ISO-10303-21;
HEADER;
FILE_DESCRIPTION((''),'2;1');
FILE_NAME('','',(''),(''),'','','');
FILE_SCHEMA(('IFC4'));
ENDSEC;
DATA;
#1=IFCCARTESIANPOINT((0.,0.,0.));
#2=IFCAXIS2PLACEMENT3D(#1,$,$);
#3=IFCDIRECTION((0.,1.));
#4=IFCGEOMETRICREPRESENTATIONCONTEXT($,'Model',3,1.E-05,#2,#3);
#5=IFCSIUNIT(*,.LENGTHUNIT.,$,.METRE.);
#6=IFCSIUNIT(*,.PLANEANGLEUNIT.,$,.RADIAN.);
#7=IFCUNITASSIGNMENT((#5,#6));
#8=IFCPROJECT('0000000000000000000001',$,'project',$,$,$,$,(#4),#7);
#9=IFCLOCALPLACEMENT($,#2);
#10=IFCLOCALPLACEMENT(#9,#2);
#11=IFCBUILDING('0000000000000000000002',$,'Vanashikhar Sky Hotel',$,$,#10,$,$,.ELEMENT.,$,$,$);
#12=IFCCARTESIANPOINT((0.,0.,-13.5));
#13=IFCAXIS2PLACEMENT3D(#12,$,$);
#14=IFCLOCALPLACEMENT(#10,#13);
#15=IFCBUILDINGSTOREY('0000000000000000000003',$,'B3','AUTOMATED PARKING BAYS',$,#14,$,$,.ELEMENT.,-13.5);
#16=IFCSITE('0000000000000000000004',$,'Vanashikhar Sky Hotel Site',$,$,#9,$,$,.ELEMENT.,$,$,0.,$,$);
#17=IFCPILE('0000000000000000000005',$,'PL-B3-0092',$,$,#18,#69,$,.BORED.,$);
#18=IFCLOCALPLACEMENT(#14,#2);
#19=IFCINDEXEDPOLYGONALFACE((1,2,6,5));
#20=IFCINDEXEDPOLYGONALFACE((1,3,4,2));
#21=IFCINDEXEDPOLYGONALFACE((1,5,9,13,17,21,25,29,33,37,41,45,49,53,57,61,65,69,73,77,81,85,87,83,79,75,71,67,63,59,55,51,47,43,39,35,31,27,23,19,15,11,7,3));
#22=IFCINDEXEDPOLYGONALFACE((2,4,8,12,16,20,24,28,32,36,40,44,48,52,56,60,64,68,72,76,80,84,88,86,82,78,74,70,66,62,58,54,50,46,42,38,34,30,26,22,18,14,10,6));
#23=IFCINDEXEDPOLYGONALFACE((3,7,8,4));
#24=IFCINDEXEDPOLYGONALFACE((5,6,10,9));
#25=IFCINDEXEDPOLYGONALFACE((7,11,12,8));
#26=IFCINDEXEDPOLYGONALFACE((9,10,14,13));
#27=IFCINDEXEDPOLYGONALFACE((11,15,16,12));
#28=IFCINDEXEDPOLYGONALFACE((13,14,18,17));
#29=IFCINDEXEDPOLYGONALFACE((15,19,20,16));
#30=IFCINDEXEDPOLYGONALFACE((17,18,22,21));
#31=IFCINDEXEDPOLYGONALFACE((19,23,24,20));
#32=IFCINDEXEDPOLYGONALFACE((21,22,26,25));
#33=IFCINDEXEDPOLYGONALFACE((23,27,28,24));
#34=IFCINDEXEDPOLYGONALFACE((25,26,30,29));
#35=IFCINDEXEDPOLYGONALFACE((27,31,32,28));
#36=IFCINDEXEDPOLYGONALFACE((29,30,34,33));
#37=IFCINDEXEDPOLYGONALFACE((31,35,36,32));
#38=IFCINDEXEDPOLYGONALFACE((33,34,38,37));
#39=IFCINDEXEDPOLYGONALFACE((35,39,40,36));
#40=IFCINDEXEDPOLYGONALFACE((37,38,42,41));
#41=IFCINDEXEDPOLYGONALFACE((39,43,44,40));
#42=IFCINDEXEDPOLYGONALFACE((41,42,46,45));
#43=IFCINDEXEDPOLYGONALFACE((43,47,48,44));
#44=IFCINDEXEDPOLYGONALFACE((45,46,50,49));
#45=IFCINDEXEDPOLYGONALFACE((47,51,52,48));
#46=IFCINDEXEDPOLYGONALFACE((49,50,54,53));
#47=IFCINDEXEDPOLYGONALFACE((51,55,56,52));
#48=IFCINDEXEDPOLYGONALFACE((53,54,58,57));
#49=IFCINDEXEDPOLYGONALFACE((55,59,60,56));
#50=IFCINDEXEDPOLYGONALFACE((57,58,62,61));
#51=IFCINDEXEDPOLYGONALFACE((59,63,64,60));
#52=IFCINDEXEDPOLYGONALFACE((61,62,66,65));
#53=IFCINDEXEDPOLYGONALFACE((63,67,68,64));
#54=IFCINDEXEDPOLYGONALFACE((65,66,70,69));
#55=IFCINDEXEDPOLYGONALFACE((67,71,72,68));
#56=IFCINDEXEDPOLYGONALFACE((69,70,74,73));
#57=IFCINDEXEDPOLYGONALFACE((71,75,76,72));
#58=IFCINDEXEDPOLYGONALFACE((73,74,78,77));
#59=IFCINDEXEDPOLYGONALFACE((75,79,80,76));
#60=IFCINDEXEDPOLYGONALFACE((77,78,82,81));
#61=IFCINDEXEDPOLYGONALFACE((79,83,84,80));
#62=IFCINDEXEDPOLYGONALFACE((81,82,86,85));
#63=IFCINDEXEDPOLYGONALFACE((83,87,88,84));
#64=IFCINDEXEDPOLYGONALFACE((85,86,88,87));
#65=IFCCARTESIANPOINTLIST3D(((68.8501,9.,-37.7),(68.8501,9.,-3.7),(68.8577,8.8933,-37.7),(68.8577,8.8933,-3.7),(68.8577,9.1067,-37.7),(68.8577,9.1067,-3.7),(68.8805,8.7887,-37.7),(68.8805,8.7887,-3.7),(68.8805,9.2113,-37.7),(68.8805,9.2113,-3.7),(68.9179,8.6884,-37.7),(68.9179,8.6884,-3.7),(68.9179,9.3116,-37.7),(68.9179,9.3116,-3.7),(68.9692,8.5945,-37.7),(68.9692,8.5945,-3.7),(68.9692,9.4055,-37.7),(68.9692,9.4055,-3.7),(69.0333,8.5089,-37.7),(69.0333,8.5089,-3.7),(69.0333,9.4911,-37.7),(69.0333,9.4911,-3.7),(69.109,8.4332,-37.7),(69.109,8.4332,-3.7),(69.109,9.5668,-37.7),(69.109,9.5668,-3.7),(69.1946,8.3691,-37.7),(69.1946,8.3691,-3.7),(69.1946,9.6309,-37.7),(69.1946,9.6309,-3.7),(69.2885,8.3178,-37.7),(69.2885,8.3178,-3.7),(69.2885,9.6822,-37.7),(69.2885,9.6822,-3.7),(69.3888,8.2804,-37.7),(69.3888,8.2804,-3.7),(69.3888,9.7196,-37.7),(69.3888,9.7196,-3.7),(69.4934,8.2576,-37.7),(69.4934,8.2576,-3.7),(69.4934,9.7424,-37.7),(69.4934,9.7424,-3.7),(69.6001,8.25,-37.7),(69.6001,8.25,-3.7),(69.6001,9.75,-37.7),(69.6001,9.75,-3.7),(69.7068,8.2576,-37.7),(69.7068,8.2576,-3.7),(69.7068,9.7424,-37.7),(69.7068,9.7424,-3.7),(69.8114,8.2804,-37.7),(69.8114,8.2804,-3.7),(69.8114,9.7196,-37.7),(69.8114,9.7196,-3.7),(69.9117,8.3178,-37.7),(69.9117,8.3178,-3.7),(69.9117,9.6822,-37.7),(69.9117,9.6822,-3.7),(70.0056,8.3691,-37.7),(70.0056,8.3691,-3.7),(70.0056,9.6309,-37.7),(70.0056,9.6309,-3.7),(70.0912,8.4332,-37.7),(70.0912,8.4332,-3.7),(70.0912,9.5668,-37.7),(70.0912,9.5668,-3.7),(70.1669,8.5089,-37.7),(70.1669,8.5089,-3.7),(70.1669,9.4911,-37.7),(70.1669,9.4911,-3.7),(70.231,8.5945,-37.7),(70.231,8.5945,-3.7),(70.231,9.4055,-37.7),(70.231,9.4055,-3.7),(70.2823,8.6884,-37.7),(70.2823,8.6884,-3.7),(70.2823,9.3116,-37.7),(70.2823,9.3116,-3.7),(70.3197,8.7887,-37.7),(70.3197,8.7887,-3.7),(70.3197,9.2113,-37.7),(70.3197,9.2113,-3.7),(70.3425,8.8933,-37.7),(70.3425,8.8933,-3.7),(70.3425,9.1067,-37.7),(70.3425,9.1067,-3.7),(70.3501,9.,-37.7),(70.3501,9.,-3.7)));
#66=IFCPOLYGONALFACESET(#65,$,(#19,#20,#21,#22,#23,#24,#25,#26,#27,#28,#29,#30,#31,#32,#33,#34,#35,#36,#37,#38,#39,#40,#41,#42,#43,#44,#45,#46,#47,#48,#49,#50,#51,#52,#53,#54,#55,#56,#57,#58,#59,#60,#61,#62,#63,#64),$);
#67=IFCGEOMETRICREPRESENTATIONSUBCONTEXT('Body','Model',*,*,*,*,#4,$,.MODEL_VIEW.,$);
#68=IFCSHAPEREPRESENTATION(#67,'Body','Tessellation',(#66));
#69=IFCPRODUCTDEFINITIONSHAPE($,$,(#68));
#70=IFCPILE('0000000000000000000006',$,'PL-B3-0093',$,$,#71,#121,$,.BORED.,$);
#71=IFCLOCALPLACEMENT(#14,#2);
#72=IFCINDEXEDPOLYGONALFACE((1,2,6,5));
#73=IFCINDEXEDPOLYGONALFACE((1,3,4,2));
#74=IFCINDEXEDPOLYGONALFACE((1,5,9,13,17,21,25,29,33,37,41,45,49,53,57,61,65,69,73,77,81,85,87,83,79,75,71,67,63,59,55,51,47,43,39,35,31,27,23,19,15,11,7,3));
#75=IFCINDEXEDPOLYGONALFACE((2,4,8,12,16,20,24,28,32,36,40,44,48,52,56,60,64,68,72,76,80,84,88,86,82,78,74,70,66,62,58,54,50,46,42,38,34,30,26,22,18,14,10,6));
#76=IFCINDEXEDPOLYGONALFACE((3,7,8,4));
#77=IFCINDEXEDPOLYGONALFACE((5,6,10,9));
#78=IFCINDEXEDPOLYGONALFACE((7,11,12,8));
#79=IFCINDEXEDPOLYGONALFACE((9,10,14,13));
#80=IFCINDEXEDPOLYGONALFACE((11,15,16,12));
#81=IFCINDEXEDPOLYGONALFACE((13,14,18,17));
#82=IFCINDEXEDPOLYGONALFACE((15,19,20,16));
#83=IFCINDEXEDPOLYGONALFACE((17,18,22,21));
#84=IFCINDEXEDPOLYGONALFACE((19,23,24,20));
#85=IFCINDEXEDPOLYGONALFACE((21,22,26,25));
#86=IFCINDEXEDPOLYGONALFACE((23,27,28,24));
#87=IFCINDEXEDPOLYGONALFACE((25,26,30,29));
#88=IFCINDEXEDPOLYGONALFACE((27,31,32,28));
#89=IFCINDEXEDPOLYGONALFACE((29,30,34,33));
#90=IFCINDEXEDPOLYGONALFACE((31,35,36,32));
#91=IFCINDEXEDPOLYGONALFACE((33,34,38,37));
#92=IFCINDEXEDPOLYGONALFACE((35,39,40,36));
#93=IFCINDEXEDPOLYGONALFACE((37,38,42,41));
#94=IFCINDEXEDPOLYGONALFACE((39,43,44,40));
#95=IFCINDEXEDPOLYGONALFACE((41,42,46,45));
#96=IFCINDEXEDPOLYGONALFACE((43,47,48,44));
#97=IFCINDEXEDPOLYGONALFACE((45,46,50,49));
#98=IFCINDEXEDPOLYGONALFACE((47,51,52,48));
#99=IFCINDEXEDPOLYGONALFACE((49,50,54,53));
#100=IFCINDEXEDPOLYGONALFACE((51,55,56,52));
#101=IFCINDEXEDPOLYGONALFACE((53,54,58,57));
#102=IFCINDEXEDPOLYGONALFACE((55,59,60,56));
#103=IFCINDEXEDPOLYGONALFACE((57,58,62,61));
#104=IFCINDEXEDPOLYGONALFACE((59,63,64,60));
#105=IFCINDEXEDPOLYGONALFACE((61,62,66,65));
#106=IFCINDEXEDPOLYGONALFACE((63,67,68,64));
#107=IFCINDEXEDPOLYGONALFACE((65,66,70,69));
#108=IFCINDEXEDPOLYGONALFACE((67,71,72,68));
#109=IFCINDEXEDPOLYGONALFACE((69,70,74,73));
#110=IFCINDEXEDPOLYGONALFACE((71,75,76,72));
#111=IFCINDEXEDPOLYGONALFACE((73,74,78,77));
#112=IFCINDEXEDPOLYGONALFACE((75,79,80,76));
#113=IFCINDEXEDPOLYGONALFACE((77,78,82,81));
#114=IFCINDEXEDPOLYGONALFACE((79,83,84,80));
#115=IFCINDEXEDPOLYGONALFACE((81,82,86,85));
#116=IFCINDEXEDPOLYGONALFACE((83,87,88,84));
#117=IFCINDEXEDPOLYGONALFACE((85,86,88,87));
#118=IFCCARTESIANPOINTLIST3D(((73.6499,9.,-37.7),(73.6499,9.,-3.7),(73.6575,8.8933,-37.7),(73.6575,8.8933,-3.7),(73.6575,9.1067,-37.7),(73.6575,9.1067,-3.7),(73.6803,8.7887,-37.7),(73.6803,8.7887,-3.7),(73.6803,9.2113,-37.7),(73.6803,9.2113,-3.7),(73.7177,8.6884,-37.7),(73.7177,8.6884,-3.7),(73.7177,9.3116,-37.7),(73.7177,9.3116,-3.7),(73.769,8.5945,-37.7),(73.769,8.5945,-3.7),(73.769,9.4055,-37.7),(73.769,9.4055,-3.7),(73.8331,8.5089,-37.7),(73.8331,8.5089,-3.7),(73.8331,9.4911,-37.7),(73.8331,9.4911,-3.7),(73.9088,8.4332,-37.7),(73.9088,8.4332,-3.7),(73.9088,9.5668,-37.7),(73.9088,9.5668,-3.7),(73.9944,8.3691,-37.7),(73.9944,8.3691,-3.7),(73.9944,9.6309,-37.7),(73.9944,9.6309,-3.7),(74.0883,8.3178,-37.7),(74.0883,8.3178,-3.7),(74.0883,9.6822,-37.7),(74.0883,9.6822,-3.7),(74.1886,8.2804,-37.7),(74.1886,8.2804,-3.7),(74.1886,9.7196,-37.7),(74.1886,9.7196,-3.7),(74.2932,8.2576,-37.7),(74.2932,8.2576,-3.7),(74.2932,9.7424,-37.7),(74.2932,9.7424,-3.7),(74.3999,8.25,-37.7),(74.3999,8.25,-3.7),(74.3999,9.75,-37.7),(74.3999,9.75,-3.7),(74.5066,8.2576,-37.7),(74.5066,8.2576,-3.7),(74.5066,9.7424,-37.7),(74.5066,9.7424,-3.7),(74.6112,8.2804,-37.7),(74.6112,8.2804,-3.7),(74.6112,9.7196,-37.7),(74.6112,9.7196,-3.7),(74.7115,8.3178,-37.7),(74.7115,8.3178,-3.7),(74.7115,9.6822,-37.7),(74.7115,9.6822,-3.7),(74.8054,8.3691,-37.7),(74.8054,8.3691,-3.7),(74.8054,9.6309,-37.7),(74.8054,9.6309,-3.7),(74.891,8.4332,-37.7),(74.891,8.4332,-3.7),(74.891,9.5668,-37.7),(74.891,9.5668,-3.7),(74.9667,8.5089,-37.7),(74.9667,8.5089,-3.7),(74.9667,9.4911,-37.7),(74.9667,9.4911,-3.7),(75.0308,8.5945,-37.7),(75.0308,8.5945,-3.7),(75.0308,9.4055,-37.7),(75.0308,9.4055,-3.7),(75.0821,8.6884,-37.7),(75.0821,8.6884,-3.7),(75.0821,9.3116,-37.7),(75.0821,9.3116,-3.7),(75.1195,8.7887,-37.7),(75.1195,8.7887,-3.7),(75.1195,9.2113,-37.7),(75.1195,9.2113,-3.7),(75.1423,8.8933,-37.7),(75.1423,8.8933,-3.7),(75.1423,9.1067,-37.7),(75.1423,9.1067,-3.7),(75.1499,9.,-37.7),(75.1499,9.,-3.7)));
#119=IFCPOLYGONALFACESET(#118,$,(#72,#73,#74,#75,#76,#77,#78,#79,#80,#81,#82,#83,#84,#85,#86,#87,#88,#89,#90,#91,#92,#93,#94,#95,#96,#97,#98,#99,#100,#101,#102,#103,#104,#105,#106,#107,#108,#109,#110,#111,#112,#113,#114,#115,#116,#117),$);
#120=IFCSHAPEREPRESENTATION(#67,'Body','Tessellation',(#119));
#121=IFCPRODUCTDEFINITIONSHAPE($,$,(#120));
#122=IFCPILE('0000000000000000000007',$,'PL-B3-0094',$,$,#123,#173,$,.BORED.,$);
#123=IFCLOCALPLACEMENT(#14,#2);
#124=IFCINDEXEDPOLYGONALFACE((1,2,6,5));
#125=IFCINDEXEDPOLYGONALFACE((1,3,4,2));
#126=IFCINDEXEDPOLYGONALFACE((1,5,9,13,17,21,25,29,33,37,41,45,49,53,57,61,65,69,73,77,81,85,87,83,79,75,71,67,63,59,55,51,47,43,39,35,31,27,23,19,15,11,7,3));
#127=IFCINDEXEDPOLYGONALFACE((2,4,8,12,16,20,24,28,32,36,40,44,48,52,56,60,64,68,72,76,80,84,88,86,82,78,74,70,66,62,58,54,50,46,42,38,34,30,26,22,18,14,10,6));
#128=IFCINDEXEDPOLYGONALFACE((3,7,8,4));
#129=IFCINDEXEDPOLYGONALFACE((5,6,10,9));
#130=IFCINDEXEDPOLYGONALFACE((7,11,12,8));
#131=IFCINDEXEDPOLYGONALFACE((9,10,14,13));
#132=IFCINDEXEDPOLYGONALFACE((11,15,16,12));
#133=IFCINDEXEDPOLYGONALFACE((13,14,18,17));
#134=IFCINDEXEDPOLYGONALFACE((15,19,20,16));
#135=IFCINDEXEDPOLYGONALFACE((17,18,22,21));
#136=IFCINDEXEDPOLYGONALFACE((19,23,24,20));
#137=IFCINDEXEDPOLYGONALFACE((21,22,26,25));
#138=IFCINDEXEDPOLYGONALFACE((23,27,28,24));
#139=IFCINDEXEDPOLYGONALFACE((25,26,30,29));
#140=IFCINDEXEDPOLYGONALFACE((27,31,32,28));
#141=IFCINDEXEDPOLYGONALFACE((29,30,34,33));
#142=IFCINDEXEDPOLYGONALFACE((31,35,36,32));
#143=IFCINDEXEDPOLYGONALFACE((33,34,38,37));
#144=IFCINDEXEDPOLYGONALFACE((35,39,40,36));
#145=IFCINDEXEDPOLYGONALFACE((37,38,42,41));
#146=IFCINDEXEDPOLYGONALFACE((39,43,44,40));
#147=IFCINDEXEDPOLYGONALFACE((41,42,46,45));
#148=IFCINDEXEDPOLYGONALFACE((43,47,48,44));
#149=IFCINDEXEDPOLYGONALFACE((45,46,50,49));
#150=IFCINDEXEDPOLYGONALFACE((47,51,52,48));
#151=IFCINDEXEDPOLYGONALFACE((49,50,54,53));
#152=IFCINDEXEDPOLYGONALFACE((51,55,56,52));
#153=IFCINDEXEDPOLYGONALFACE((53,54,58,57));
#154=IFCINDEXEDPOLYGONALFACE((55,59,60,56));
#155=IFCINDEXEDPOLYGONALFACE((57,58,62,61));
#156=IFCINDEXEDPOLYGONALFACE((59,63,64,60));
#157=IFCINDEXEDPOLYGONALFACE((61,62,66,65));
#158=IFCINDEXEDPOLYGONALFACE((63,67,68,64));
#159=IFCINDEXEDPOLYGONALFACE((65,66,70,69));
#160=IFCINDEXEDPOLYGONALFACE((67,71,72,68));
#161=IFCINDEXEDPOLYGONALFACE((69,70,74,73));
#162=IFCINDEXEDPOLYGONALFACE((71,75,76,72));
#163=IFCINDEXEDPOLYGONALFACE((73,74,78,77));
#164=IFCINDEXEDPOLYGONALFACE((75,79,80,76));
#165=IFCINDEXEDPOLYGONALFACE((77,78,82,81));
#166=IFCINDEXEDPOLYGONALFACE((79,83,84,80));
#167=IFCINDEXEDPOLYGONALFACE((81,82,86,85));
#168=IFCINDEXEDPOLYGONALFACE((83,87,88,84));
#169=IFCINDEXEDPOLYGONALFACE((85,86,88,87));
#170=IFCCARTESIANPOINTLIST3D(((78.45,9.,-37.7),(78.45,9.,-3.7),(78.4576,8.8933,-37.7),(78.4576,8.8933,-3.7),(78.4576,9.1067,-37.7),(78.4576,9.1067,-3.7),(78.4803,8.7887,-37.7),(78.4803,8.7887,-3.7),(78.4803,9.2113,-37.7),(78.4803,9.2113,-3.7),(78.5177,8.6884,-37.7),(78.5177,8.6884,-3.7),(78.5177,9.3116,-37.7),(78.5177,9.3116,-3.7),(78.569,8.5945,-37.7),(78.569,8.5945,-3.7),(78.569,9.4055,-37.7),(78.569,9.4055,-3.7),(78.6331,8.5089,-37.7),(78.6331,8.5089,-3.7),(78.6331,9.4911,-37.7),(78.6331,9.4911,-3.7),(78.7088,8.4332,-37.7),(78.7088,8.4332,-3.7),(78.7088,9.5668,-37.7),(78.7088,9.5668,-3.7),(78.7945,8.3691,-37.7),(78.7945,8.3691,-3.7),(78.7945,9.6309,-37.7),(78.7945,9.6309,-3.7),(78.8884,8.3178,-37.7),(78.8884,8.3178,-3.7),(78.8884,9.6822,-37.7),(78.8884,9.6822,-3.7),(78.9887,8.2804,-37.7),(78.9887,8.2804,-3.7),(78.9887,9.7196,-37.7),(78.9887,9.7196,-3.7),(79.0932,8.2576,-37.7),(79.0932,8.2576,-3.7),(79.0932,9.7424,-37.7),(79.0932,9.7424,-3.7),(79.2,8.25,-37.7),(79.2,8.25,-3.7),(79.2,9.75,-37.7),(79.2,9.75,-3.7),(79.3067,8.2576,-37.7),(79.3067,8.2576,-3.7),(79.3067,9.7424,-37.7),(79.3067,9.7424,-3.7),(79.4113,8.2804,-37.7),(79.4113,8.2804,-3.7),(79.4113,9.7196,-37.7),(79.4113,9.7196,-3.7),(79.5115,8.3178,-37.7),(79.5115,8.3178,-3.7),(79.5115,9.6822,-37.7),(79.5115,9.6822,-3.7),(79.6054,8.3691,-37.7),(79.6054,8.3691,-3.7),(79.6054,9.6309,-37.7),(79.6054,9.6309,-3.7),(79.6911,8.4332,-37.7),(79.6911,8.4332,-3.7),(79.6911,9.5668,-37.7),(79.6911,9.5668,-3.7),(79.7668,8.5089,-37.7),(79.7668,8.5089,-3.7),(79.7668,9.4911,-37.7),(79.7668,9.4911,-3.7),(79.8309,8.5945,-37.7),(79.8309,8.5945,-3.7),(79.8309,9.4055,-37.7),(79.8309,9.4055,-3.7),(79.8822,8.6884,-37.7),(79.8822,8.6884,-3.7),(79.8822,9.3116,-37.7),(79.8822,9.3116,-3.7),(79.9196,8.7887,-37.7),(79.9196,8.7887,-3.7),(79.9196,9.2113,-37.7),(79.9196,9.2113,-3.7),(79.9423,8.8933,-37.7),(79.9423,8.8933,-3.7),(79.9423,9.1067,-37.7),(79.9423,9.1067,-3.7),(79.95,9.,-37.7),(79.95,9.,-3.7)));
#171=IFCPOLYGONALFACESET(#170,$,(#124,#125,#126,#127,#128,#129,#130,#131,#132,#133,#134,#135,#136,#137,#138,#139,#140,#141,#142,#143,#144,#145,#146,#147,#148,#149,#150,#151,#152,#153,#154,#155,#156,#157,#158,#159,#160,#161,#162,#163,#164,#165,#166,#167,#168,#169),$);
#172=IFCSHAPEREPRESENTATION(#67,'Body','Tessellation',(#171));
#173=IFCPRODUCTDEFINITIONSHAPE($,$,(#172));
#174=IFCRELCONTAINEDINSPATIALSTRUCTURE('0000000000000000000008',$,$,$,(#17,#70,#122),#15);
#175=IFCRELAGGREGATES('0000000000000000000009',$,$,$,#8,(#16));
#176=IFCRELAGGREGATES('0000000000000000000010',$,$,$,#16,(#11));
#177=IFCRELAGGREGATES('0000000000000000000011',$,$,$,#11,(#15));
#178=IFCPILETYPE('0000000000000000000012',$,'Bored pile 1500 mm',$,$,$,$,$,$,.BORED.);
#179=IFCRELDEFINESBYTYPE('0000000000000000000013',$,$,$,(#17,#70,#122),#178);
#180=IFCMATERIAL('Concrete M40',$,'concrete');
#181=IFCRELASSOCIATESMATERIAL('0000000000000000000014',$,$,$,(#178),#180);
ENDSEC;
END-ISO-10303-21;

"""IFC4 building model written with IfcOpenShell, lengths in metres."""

from ifc_helpers import new_model, si_unit, direction, frame, origin, origin_2d, place, context, subcontext, project, spatial, circle, extrude, source, transform, mapped, material, type_object, element, save


model = new_model("IFC4")

# Units and contexts
model_context = context("Model", 3, precision=1e-05, world=origin(), true_north=direction((0.0, 1.0)))
body_context = subcontext(model_context, "Body", "Model", "MODEL_VIEW")
ifc_project = project(units=[si_unit("LENGTHUNIT", "METRE"), si_unit("PLANEANGLEUNIT", "RADIAN")], contexts=[model_context])

# Site, building, storey
site_placement = place(None, origin())
site = spatial("IfcSite", under=ifc_project, at=site_placement, Name="Vanashikhar Sky Hotel Site", CompositionType="ELEMENT", RefElevation=0.0)
building_placement = place(site_placement, origin())
building = spatial("IfcBuilding", under=site, at=building_placement, Name="Vanashikhar Sky Hotel", CompositionType="ELEMENT")
storey_placement = place(building_placement, frame((0.0, 0.0, -13.5)))
storey = spatial("IfcBuildingStorey", under=building, at=storey_placement, Name="B3", Description="AUTOMATED PARKING BAYS", CompositionType="ELEMENT", Elevation=-13.5)

# Piles
ifc_material_1 = material(Name="Concrete M40", Category="concrete")
pile_type = type_object("IfcPileType", Name="Bored pile 1500 mm", PredefinedType="BORED", material=ifc_material_1)
shared_shape_1 = source(origin(), body_context, "Body", "SweptSolid", [
    extrude(circle(Radius=0.75, at=origin_2d()), origin(), (0.0, 0.0, 1.0), 34.0),
])
for number, where, z_axis, x_axis, name in (
    (1, (69.6001, 9.0, -3.7), (0.0, 0.0, -1.0), (1.0, 0.0, 0.0), "PL-B3-0092"),
    (2, (74.3999, 9.0, -3.7), (0.0, 0.0, -1.0), (1.0, 0.0, 0.0), "PL-B3-0093"),
    (3, (79.2, 9.0, -3.7), (0.0, 0.0, -1.0), (1.0, 0.0, 0.0), "PL-B3-0094"),
):
    element("IfcPile", number, at=place(storey_placement, frame(where, z_axis=z_axis, x_axis=x_axis)), inside=storey, type_object=pile_type, Name=name, PredefinedType="BORED", context=body_context, shape_type="MappedRepresentation", body=[
        mapped(shared_shape_1, transform((0.0, 0.0, 0.0), scale=1.0)),
    ])

save(model, "model.ifc")
